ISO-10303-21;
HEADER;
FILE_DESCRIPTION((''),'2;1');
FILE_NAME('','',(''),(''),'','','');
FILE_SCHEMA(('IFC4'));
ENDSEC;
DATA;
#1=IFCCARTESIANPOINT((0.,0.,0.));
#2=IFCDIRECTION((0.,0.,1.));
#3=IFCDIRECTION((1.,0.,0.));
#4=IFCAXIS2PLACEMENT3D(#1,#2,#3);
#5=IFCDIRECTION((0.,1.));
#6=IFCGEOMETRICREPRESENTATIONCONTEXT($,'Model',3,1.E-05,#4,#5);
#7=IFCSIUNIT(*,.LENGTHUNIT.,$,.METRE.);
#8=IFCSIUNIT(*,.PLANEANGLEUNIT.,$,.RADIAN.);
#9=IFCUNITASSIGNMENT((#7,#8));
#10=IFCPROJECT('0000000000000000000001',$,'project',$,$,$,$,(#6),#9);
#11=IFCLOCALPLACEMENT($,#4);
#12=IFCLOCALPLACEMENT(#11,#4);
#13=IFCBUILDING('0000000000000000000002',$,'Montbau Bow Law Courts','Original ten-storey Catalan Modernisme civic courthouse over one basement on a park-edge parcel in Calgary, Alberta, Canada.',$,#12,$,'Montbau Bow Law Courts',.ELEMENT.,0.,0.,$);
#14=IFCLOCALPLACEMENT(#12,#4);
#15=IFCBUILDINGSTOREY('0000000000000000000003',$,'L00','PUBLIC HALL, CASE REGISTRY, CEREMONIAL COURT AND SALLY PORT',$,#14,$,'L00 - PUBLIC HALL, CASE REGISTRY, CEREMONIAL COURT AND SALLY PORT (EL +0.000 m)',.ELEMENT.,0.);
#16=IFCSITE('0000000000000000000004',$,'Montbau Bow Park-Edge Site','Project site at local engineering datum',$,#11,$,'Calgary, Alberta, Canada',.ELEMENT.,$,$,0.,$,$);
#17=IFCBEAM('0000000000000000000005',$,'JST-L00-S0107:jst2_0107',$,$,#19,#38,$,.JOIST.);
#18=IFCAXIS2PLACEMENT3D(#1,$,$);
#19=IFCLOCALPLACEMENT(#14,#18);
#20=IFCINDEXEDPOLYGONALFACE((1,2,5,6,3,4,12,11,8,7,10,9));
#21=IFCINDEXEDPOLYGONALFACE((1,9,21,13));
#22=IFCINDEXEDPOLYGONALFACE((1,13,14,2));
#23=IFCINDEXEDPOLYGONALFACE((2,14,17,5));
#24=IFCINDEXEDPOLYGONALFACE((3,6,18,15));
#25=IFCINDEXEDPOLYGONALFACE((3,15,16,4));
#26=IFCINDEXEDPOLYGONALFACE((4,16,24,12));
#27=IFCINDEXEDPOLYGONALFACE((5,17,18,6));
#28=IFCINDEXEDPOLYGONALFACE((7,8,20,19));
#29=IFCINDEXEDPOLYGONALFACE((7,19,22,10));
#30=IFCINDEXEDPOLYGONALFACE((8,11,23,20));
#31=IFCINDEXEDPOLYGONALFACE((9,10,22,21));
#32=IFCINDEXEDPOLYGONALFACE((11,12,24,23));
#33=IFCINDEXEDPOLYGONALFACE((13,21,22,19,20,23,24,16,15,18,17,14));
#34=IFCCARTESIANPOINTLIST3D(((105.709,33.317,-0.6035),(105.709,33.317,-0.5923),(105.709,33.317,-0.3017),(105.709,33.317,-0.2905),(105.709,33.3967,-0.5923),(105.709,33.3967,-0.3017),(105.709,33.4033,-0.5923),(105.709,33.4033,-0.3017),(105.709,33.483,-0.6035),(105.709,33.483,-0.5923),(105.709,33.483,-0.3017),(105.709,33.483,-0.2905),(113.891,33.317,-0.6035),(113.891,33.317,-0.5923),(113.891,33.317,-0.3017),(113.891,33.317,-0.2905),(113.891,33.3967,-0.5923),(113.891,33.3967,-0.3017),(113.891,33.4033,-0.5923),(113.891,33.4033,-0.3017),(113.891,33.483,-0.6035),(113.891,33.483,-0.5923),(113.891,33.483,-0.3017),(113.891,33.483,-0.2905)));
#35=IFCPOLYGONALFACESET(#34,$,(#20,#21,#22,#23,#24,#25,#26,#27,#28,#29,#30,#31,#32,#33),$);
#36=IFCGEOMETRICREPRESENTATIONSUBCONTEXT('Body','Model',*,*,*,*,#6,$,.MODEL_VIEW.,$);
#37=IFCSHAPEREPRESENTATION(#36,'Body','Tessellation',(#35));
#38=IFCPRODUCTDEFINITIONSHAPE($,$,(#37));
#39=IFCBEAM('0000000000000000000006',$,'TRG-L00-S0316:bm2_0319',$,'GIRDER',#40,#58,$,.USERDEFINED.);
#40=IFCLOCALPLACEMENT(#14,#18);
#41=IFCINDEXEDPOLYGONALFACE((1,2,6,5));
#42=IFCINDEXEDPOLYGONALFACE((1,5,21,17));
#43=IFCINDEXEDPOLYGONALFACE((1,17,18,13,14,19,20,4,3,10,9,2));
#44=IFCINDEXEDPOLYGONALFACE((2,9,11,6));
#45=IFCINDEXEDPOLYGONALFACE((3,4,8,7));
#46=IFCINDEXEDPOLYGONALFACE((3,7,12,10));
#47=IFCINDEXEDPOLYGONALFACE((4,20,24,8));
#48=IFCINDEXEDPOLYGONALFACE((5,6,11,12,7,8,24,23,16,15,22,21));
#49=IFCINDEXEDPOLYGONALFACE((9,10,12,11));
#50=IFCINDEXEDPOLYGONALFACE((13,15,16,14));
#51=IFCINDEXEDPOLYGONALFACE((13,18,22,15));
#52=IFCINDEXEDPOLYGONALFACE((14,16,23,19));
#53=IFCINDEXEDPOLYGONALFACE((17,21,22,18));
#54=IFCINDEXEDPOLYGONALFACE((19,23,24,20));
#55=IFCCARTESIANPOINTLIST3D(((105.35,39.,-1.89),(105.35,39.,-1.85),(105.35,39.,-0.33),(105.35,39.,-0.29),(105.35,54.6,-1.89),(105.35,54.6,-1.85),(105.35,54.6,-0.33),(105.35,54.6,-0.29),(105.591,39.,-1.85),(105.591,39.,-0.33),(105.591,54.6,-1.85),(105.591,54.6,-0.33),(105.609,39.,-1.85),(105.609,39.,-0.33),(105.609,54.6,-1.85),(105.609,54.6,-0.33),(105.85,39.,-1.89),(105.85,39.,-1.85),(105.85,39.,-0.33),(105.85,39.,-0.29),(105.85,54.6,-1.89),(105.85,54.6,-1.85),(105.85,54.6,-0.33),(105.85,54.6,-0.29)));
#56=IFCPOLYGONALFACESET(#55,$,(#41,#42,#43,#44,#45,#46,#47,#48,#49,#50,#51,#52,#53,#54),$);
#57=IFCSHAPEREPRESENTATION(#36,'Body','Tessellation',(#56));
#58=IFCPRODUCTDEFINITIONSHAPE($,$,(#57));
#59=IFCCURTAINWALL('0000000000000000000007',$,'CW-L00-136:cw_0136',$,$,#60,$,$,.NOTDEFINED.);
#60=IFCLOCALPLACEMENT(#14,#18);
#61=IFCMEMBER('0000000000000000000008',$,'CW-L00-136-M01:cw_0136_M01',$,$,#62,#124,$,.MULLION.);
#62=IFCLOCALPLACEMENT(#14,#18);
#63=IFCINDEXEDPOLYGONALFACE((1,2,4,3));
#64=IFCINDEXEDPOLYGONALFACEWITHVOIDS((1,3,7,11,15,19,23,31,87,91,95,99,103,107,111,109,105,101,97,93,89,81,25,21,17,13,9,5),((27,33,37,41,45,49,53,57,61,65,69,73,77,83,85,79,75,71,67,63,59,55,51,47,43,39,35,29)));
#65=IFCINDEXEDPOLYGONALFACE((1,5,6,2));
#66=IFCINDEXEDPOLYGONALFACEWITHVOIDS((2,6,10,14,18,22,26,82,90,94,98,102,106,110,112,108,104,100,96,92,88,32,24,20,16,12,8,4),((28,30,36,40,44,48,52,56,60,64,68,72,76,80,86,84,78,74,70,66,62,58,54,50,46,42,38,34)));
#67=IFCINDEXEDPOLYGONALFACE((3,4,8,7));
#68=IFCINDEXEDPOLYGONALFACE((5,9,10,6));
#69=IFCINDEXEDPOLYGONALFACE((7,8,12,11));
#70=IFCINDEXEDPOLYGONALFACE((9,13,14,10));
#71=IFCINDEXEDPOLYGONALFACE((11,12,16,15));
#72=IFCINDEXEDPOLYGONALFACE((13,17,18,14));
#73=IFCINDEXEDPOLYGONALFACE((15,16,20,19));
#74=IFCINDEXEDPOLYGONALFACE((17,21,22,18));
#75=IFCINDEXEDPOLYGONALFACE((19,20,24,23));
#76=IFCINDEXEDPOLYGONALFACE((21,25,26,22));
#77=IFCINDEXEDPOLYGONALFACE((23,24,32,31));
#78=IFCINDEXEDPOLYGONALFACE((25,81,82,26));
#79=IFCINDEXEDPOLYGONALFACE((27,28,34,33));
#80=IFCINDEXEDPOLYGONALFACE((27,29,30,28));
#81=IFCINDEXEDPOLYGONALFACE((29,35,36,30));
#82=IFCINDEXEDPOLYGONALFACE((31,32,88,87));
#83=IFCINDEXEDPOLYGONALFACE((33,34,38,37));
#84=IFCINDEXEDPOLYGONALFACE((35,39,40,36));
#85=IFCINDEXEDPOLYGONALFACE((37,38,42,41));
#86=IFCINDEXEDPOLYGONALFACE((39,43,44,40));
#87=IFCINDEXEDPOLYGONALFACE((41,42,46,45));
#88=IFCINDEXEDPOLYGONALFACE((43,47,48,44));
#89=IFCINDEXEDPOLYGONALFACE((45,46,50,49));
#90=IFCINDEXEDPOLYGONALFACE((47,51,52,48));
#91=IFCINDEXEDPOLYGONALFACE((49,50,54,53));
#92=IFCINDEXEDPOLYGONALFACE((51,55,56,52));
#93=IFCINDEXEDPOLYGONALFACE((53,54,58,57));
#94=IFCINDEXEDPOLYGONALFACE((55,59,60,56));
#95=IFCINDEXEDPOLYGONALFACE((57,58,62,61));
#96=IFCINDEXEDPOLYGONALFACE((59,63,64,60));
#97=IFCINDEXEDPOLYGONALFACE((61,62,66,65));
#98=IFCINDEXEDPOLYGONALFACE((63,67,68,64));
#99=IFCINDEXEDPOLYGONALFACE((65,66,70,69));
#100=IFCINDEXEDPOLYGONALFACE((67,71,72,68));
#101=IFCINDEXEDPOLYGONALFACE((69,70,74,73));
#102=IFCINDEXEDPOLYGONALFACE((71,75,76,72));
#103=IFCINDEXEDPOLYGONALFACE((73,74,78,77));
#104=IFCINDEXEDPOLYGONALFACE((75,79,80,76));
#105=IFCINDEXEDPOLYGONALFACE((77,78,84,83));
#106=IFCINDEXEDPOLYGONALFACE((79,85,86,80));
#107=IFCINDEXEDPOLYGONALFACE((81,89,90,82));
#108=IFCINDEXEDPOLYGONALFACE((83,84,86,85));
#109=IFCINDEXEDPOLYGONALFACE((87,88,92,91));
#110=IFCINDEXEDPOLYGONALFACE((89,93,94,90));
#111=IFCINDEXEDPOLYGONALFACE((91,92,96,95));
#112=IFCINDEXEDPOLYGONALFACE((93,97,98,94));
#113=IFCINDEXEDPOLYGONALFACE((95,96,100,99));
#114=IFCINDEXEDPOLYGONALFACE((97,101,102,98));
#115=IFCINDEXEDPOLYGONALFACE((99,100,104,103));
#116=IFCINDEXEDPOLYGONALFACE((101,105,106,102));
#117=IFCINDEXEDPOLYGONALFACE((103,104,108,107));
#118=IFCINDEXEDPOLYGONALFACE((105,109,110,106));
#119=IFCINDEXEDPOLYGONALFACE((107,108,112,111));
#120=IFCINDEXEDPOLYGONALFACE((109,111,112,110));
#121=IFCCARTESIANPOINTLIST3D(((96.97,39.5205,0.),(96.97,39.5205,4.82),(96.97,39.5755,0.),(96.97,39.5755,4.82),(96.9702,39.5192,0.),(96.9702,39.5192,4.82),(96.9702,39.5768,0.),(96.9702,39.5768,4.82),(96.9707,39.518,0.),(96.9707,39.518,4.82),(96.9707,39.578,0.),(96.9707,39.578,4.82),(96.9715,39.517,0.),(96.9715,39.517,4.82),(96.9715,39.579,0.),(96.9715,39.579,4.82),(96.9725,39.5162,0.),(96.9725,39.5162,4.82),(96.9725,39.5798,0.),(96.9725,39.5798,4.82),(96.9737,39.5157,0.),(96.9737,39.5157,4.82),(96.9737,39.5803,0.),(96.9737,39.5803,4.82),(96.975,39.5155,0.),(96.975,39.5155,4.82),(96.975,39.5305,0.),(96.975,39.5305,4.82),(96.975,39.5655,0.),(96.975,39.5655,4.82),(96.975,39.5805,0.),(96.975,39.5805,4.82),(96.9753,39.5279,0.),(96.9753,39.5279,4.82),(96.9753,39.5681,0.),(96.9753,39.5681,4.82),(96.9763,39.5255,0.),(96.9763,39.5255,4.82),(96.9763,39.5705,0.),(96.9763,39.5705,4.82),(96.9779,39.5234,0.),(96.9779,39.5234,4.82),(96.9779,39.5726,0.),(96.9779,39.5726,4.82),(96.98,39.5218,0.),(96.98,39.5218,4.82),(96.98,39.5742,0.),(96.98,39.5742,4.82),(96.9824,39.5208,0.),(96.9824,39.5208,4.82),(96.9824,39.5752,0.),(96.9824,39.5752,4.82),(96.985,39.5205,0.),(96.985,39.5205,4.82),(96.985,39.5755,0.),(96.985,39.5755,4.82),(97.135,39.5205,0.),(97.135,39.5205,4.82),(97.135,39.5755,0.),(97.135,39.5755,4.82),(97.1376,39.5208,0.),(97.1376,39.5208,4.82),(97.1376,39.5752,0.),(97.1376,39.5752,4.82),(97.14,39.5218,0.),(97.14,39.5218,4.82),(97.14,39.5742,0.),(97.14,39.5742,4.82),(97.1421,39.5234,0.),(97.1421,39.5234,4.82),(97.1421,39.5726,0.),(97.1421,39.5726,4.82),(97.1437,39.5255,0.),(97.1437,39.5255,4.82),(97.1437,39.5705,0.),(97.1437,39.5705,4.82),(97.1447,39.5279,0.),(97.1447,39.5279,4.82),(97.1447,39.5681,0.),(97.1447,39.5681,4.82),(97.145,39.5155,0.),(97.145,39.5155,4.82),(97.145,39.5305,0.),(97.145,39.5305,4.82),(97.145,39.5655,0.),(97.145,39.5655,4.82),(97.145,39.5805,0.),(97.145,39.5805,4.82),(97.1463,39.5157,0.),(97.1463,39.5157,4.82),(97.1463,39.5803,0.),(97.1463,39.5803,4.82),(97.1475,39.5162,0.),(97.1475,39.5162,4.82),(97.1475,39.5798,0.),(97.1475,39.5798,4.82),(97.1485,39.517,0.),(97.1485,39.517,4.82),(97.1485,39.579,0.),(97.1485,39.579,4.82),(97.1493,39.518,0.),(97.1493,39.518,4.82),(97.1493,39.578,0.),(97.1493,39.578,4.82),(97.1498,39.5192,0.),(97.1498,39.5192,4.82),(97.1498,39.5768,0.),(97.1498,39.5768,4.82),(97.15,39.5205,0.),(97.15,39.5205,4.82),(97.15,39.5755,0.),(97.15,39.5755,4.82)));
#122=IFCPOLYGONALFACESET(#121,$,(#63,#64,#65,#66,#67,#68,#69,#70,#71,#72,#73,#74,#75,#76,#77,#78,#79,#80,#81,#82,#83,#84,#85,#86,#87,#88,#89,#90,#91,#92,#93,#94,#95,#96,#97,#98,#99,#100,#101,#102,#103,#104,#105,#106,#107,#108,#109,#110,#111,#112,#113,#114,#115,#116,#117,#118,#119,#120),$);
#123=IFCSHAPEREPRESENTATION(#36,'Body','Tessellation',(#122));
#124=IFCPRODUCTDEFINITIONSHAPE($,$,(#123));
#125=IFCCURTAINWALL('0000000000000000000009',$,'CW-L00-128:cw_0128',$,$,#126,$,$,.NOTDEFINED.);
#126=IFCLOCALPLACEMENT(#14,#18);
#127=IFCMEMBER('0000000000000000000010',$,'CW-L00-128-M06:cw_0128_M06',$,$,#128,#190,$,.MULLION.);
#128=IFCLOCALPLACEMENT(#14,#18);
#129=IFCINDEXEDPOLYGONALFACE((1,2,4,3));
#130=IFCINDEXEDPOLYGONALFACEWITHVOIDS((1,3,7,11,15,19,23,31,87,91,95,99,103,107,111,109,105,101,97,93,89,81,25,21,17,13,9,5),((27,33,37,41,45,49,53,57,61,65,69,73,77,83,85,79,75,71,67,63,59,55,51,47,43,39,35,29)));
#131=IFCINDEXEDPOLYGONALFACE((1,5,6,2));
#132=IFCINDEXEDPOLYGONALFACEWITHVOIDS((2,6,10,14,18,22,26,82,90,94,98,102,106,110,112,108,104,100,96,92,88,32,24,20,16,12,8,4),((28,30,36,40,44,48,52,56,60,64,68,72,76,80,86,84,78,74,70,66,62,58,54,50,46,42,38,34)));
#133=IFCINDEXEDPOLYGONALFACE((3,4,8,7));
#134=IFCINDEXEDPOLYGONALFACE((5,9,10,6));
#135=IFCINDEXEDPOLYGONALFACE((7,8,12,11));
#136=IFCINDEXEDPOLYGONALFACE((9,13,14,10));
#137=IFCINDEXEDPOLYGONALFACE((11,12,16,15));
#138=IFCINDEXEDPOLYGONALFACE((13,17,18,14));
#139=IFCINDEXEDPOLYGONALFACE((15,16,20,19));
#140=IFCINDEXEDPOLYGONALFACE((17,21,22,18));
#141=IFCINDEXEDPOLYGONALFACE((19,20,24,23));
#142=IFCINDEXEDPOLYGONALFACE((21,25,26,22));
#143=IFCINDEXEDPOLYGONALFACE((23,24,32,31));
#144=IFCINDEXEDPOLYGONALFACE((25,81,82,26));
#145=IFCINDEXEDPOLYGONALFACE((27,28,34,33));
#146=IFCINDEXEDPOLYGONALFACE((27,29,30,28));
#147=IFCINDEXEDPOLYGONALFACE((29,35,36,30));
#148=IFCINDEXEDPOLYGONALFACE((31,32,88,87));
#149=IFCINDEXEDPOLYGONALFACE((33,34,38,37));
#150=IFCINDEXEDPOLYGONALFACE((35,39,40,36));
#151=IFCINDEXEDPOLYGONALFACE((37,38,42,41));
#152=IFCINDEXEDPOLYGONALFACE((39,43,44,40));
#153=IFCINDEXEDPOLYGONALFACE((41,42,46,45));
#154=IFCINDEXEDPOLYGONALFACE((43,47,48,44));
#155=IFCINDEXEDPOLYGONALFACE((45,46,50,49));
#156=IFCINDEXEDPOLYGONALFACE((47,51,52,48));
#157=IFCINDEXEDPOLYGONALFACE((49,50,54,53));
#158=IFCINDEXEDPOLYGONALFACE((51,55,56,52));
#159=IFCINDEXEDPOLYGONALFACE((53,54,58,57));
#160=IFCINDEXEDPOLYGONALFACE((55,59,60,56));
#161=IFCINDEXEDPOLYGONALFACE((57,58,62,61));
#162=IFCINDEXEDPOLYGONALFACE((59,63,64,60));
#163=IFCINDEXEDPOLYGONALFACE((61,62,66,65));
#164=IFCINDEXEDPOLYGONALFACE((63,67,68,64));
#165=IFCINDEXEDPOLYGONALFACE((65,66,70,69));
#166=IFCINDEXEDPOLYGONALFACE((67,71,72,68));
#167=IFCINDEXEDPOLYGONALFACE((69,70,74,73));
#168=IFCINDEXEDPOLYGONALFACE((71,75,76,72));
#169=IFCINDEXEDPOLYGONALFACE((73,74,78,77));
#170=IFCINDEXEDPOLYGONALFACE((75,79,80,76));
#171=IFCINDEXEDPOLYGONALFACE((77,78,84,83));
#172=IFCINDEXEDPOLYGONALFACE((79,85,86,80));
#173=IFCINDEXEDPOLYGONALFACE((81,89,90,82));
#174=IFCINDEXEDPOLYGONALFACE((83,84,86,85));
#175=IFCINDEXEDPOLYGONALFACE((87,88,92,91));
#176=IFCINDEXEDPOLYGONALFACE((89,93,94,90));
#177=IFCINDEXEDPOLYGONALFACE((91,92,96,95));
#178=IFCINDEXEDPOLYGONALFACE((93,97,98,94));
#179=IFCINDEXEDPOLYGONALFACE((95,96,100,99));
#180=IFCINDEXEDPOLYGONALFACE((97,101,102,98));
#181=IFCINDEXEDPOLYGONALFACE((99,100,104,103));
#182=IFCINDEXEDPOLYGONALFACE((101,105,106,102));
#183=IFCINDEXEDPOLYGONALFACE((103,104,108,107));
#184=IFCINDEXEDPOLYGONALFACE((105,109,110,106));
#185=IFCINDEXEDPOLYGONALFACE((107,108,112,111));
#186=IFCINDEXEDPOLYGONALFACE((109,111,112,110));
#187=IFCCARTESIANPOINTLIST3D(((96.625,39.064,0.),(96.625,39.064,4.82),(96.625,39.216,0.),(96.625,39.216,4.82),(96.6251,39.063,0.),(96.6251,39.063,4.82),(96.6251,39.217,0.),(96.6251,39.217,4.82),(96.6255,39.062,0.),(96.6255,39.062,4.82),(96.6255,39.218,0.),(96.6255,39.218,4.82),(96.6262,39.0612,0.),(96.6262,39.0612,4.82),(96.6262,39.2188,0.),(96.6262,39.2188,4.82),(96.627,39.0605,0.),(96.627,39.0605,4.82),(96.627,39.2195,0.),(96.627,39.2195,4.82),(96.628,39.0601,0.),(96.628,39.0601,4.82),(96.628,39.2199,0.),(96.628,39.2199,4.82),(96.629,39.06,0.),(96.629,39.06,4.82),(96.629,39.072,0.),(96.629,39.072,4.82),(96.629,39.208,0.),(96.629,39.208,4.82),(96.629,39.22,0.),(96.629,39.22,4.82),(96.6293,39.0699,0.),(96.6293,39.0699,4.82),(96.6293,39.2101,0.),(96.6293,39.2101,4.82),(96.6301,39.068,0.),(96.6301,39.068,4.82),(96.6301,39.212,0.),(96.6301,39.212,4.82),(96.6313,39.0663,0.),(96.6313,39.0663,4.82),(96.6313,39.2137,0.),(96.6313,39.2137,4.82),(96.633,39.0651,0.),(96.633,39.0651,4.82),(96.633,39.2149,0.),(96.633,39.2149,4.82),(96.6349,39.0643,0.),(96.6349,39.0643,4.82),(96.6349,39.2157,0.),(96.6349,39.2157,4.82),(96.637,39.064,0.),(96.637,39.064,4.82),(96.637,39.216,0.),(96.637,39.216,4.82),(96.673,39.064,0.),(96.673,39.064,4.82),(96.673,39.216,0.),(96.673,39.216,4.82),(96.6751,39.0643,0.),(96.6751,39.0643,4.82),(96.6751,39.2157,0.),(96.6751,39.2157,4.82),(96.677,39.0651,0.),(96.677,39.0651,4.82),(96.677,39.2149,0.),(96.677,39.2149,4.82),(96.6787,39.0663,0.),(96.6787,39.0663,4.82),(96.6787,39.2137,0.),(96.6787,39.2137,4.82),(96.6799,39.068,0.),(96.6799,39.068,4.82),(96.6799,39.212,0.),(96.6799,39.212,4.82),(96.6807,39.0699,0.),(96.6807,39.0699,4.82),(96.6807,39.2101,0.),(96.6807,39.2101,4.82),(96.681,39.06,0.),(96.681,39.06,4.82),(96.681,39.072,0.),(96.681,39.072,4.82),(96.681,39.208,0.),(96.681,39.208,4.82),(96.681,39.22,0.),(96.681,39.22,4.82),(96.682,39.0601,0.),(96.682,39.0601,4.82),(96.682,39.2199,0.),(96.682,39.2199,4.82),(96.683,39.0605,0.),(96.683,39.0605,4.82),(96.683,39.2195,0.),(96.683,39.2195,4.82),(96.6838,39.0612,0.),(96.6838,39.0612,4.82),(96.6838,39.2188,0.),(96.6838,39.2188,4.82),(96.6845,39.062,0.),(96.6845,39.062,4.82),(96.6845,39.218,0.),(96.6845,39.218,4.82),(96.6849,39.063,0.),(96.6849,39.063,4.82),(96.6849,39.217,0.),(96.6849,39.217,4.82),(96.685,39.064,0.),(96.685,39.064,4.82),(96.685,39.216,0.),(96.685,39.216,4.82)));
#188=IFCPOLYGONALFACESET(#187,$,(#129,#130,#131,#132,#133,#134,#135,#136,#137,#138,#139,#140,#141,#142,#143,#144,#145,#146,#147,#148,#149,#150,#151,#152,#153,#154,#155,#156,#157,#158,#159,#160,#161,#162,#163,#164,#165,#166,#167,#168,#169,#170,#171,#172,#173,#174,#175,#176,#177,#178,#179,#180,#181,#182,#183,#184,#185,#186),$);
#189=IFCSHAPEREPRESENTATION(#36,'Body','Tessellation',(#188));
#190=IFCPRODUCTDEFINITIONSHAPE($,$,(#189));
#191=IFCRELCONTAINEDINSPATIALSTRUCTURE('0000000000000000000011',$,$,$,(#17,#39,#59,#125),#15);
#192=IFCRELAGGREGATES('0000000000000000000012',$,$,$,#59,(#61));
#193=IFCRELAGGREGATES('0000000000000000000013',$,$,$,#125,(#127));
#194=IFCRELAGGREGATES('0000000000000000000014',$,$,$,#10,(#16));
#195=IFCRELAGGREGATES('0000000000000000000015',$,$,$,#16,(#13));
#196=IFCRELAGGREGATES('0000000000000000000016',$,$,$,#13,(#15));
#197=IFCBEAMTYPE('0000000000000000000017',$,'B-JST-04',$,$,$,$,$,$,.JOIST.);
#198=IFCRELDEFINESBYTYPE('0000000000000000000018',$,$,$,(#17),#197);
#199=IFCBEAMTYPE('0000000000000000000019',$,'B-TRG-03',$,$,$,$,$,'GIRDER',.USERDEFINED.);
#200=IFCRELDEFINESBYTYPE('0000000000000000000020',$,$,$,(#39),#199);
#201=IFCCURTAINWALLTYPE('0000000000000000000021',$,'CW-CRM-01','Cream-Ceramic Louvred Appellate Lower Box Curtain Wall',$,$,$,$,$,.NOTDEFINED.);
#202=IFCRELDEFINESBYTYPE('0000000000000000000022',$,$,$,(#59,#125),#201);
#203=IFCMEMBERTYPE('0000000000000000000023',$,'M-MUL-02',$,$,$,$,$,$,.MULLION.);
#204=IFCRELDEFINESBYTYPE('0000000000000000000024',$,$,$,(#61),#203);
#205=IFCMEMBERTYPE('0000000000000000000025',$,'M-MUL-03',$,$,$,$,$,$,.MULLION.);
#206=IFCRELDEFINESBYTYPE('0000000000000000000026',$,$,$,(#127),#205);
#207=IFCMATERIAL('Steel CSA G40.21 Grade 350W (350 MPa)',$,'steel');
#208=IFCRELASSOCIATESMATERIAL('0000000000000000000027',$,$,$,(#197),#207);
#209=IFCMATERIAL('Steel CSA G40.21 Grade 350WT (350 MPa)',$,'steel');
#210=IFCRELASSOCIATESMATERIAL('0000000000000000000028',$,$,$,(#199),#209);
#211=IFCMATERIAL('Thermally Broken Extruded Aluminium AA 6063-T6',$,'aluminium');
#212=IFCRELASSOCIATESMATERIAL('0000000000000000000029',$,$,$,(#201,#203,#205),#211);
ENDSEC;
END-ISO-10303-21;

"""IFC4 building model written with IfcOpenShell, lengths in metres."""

from ifc_helpers import new_model, si_unit, direction, frame, origin_with_axes, origin_2d_with_axis, place, context, subcontext, project, spatial, hollow_rectangle, i_section, extrude, material, material_profile, profile_set, type_object, element, aggregate, save


model = new_model("IFC4")

# Units and contexts
model_context = context("Model", 3, precision=1e-05, world=origin_with_axes(), true_north=direction((0.0, 1.0)))
body_context = subcontext(model_context, "Body", "Model", "MODEL_VIEW")
ifc_project = project(units=[si_unit("LENGTHUNIT", "METRE"), si_unit("PLANEANGLEUNIT", "RADIAN")], contexts=[model_context])

# Site, building, storey
site_placement = place(None, origin_with_axes())
site = spatial("IfcSite", under=ifc_project, at=site_placement, Name="Montbau Bow Park-Edge Site", Description="Project site at local engineering datum", LongName="Calgary, Alberta, Canada", CompositionType="ELEMENT", RefElevation=0.0)
building_placement = place(site_placement, origin_with_axes())
building = spatial("IfcBuilding", under=site, at=building_placement, Name="Montbau Bow Law Courts", Description="Original ten-storey Catalan Modernisme civic courthouse over one basement on a park-edge parcel in Calgary, Alberta, Canada.", LongName="Montbau Bow Law Courts", CompositionType="ELEMENT", ElevationOfRefHeight=0.0, ElevationOfTerrain=0.0)
storey_placement = place(building_placement, origin_with_axes())
storey = spatial("IfcBuildingStorey", under=building, at=storey_placement, Name="L00", Description="PUBLIC HALL, CASE REGISTRY, CEREMONIAL COURT AND SALLY PORT", LongName="L00 - PUBLIC HALL, CASE REGISTRY, CEREMONIAL COURT AND SALLY PORT (EL +0.000 m)", CompositionType="ELEMENT", Elevation=0.0)

# Shared definitions
ifc_material_1 = material(Name="Steel CSA G40.21 Grade 350W (350 MPa)", Category="steel")

# Beams
ifc_material_profile_1 = material_profile(ifc_material_1, i_section(OverallWidth=0.166, OverallDepth=0.313, WebThickness=0.0066, FlangeThickness=0.0112, at=origin_2d_with_axis()), Name="W310X45", Category="Main", Priority=0)
ifc_profile_set_1 = profile_set([ifc_material_profile_1], Name="Steel CSA G40.21 Grade 350W (350 MPa)")
beam_type_1 = type_object("IfcBeamType", Name="B-JST-04", PredefinedType="JOIST", material=ifc_profile_set_1)
beam_1_placement = place(None, frame((105.709, 33.4, -0.447), z_axis=(1.0, 0.0, 0.0), x_axis=(0.0, 1.0, 0.0)))
element("IfcBeam", 1, at=beam_1_placement, inside=storey, type_object=beam_type_1, Name="JST-L00-S0107:jst2_0107", PredefinedType="JOIST", context=body_context, shape_type="SweptSolid", body=[
    extrude(i_section(OverallWidth=0.166, OverallDepth=0.313, WebThickness=0.0066, FlangeThickness=0.0112, at=origin_2d_with_axis()), origin_with_axes(), (0.0, 0.0, 1.0), 8.182),
])
ifc_material_2 = material(Name="Steel CSA G40.21 Grade 350WT (350 MPa)", Category="steel")
ifc_material_profile_2 = material_profile(ifc_material_2, i_section(OverallWidth=0.5, OverallDepth=1.6, WebThickness=0.018, FlangeThickness=0.04, at=origin_2d_with_axis()), Name="WWF1600X430", Category="Main", Priority=0)
ifc_profile_set_2 = profile_set([ifc_material_profile_2], Name="Steel CSA G40.21 Grade 350WT (350 MPa)")
beam_type_2 = type_object("IfcBeamType", Name="B-TRG-03", ElementType="GIRDER", PredefinedType="USERDEFINED", material=ifc_profile_set_2)
beam_2_placement = place(None, frame((105.6, 39.0, -1.09), z_axis=(0.0, 1.0, 0.0), x_axis=(-1.0, 0.0, 0.0)))
element("IfcBeam", 2, at=beam_2_placement, inside=storey, type_object=beam_type_2, Name="TRG-L00-S0316:bm2_0319", ObjectType="GIRDER", PredefinedType="USERDEFINED", context=body_context, shape_type="SweptSolid", body=[
    extrude(i_section(OverallWidth=0.5, OverallDepth=1.6, WebThickness=0.018, FlangeThickness=0.04, at=origin_2d_with_axis()), origin_with_axes(), (0.0, 0.0, 1.0), 15.6),
])

# Curtain wall, member
ifc_material_3 = material(Name="Thermally Broken Extruded Aluminium AA 6063-T6", Category="aluminium")
curtain_wall_type = type_object("IfcCurtainWallType", Name="CW-CRM-01", Description="Cream-Ceramic Louvred Appellate Lower Box Curtain Wall", PredefinedType="NOTDEFINED", material=ifc_material_3)
curtain_wall_1_placement = place(None, frame((97.06, 39.515, 0.0), z_axis=(0.0, 0.0, 1.0), x_axis=(1.0, 0.0, 0.0)))
curtain_wall_1 = element("IfcCurtainWall", 3, at=curtain_wall_1_placement, inside=storey, type_object=curtain_wall_type, Name="CW-L00-136:cw_0136", PredefinedType="NOTDEFINED")
ifc_material_profile_3 = material_profile(ifc_material_3, hollow_rectangle(XDim=0.065, YDim=0.18, WallThickness=0.005, InnerFilletRadius=0.01, OuterFilletRadius=0.005, at=origin_2d_with_axis()), Name="CWM-180X65", Category="Main", Priority=0)
ifc_profile_set_3 = profile_set([ifc_material_profile_3], Name="Thermally Broken Extruded Aluminium AA 6063-T6")
member_type_1 = type_object("IfcMemberType", Name="M-MUL-02", PredefinedType="MULLION", material=ifc_profile_set_3)
member_1_placement = place(None, frame((97.06, 39.548, 0.0), z_axis=(0.0, 0.0, 1.0), x_axis=(0.0, 1.0, 0.0)))
member_1 = element("IfcMember", 4, at=member_1_placement, type_object=member_type_1, Name="CW-L00-136-M01:cw_0136_M01", PredefinedType="MULLION", context=body_context, shape_type="SweptSolid", body=[
    extrude(hollow_rectangle(XDim=0.065, YDim=0.18, WallThickness=0.005, InnerFilletRadius=0.01, OuterFilletRadius=0.005, at=origin_2d_with_axis()), origin_with_axes(), (0.0, 0.0, 1.0), 4.82),
])
aggregate(curtain_wall_1, [member_1])

# Curtain wall, member
curtain_wall_2_placement = place(None, frame((89.067, 39.14, 0.0), z_axis=(0.0, 0.0, 1.0), x_axis=(1.0, 0.0, 0.0)))
curtain_wall_2 = element("IfcCurtainWall", 5, at=curtain_wall_2_placement, inside=storey, type_object=curtain_wall_type, Name="CW-L00-128:cw_0128", PredefinedType="NOTDEFINED")
ifc_material_profile_4 = material_profile(ifc_material_3, hollow_rectangle(XDim=0.06, YDim=0.16, WallThickness=0.004, InnerFilletRadius=0.008, OuterFilletRadius=0.004, at=origin_2d_with_axis()), Name="CWM-160X60", Category="Main", Priority=0)
ifc_profile_set_4 = profile_set([ifc_material_profile_4], Name="Thermally Broken Extruded Aluminium AA 6063-T6")
member_type_2 = type_object("IfcMemberType", Name="M-MUL-03", PredefinedType="MULLION", material=ifc_profile_set_4)
member_2_placement = place(None, frame((96.655, 39.14, 0.0), z_axis=(0.0, 0.0, 1.0), x_axis=(1.0, 0.0, 0.0)))
member_2 = element("IfcMember", 6, at=member_2_placement, type_object=member_type_2, Name="CW-L00-128-M06:cw_0128_M06", PredefinedType="MULLION", context=body_context, shape_type="SweptSolid", body=[
    extrude(hollow_rectangle(XDim=0.06, YDim=0.16, WallThickness=0.004, InnerFilletRadius=0.008, OuterFilletRadius=0.004, at=origin_2d_with_axis()), origin_with_axes(), (0.0, 0.0, 1.0), 4.82),
])

aggregate(curtain_wall_2, [member_2])

save(model, "model.ifc")
